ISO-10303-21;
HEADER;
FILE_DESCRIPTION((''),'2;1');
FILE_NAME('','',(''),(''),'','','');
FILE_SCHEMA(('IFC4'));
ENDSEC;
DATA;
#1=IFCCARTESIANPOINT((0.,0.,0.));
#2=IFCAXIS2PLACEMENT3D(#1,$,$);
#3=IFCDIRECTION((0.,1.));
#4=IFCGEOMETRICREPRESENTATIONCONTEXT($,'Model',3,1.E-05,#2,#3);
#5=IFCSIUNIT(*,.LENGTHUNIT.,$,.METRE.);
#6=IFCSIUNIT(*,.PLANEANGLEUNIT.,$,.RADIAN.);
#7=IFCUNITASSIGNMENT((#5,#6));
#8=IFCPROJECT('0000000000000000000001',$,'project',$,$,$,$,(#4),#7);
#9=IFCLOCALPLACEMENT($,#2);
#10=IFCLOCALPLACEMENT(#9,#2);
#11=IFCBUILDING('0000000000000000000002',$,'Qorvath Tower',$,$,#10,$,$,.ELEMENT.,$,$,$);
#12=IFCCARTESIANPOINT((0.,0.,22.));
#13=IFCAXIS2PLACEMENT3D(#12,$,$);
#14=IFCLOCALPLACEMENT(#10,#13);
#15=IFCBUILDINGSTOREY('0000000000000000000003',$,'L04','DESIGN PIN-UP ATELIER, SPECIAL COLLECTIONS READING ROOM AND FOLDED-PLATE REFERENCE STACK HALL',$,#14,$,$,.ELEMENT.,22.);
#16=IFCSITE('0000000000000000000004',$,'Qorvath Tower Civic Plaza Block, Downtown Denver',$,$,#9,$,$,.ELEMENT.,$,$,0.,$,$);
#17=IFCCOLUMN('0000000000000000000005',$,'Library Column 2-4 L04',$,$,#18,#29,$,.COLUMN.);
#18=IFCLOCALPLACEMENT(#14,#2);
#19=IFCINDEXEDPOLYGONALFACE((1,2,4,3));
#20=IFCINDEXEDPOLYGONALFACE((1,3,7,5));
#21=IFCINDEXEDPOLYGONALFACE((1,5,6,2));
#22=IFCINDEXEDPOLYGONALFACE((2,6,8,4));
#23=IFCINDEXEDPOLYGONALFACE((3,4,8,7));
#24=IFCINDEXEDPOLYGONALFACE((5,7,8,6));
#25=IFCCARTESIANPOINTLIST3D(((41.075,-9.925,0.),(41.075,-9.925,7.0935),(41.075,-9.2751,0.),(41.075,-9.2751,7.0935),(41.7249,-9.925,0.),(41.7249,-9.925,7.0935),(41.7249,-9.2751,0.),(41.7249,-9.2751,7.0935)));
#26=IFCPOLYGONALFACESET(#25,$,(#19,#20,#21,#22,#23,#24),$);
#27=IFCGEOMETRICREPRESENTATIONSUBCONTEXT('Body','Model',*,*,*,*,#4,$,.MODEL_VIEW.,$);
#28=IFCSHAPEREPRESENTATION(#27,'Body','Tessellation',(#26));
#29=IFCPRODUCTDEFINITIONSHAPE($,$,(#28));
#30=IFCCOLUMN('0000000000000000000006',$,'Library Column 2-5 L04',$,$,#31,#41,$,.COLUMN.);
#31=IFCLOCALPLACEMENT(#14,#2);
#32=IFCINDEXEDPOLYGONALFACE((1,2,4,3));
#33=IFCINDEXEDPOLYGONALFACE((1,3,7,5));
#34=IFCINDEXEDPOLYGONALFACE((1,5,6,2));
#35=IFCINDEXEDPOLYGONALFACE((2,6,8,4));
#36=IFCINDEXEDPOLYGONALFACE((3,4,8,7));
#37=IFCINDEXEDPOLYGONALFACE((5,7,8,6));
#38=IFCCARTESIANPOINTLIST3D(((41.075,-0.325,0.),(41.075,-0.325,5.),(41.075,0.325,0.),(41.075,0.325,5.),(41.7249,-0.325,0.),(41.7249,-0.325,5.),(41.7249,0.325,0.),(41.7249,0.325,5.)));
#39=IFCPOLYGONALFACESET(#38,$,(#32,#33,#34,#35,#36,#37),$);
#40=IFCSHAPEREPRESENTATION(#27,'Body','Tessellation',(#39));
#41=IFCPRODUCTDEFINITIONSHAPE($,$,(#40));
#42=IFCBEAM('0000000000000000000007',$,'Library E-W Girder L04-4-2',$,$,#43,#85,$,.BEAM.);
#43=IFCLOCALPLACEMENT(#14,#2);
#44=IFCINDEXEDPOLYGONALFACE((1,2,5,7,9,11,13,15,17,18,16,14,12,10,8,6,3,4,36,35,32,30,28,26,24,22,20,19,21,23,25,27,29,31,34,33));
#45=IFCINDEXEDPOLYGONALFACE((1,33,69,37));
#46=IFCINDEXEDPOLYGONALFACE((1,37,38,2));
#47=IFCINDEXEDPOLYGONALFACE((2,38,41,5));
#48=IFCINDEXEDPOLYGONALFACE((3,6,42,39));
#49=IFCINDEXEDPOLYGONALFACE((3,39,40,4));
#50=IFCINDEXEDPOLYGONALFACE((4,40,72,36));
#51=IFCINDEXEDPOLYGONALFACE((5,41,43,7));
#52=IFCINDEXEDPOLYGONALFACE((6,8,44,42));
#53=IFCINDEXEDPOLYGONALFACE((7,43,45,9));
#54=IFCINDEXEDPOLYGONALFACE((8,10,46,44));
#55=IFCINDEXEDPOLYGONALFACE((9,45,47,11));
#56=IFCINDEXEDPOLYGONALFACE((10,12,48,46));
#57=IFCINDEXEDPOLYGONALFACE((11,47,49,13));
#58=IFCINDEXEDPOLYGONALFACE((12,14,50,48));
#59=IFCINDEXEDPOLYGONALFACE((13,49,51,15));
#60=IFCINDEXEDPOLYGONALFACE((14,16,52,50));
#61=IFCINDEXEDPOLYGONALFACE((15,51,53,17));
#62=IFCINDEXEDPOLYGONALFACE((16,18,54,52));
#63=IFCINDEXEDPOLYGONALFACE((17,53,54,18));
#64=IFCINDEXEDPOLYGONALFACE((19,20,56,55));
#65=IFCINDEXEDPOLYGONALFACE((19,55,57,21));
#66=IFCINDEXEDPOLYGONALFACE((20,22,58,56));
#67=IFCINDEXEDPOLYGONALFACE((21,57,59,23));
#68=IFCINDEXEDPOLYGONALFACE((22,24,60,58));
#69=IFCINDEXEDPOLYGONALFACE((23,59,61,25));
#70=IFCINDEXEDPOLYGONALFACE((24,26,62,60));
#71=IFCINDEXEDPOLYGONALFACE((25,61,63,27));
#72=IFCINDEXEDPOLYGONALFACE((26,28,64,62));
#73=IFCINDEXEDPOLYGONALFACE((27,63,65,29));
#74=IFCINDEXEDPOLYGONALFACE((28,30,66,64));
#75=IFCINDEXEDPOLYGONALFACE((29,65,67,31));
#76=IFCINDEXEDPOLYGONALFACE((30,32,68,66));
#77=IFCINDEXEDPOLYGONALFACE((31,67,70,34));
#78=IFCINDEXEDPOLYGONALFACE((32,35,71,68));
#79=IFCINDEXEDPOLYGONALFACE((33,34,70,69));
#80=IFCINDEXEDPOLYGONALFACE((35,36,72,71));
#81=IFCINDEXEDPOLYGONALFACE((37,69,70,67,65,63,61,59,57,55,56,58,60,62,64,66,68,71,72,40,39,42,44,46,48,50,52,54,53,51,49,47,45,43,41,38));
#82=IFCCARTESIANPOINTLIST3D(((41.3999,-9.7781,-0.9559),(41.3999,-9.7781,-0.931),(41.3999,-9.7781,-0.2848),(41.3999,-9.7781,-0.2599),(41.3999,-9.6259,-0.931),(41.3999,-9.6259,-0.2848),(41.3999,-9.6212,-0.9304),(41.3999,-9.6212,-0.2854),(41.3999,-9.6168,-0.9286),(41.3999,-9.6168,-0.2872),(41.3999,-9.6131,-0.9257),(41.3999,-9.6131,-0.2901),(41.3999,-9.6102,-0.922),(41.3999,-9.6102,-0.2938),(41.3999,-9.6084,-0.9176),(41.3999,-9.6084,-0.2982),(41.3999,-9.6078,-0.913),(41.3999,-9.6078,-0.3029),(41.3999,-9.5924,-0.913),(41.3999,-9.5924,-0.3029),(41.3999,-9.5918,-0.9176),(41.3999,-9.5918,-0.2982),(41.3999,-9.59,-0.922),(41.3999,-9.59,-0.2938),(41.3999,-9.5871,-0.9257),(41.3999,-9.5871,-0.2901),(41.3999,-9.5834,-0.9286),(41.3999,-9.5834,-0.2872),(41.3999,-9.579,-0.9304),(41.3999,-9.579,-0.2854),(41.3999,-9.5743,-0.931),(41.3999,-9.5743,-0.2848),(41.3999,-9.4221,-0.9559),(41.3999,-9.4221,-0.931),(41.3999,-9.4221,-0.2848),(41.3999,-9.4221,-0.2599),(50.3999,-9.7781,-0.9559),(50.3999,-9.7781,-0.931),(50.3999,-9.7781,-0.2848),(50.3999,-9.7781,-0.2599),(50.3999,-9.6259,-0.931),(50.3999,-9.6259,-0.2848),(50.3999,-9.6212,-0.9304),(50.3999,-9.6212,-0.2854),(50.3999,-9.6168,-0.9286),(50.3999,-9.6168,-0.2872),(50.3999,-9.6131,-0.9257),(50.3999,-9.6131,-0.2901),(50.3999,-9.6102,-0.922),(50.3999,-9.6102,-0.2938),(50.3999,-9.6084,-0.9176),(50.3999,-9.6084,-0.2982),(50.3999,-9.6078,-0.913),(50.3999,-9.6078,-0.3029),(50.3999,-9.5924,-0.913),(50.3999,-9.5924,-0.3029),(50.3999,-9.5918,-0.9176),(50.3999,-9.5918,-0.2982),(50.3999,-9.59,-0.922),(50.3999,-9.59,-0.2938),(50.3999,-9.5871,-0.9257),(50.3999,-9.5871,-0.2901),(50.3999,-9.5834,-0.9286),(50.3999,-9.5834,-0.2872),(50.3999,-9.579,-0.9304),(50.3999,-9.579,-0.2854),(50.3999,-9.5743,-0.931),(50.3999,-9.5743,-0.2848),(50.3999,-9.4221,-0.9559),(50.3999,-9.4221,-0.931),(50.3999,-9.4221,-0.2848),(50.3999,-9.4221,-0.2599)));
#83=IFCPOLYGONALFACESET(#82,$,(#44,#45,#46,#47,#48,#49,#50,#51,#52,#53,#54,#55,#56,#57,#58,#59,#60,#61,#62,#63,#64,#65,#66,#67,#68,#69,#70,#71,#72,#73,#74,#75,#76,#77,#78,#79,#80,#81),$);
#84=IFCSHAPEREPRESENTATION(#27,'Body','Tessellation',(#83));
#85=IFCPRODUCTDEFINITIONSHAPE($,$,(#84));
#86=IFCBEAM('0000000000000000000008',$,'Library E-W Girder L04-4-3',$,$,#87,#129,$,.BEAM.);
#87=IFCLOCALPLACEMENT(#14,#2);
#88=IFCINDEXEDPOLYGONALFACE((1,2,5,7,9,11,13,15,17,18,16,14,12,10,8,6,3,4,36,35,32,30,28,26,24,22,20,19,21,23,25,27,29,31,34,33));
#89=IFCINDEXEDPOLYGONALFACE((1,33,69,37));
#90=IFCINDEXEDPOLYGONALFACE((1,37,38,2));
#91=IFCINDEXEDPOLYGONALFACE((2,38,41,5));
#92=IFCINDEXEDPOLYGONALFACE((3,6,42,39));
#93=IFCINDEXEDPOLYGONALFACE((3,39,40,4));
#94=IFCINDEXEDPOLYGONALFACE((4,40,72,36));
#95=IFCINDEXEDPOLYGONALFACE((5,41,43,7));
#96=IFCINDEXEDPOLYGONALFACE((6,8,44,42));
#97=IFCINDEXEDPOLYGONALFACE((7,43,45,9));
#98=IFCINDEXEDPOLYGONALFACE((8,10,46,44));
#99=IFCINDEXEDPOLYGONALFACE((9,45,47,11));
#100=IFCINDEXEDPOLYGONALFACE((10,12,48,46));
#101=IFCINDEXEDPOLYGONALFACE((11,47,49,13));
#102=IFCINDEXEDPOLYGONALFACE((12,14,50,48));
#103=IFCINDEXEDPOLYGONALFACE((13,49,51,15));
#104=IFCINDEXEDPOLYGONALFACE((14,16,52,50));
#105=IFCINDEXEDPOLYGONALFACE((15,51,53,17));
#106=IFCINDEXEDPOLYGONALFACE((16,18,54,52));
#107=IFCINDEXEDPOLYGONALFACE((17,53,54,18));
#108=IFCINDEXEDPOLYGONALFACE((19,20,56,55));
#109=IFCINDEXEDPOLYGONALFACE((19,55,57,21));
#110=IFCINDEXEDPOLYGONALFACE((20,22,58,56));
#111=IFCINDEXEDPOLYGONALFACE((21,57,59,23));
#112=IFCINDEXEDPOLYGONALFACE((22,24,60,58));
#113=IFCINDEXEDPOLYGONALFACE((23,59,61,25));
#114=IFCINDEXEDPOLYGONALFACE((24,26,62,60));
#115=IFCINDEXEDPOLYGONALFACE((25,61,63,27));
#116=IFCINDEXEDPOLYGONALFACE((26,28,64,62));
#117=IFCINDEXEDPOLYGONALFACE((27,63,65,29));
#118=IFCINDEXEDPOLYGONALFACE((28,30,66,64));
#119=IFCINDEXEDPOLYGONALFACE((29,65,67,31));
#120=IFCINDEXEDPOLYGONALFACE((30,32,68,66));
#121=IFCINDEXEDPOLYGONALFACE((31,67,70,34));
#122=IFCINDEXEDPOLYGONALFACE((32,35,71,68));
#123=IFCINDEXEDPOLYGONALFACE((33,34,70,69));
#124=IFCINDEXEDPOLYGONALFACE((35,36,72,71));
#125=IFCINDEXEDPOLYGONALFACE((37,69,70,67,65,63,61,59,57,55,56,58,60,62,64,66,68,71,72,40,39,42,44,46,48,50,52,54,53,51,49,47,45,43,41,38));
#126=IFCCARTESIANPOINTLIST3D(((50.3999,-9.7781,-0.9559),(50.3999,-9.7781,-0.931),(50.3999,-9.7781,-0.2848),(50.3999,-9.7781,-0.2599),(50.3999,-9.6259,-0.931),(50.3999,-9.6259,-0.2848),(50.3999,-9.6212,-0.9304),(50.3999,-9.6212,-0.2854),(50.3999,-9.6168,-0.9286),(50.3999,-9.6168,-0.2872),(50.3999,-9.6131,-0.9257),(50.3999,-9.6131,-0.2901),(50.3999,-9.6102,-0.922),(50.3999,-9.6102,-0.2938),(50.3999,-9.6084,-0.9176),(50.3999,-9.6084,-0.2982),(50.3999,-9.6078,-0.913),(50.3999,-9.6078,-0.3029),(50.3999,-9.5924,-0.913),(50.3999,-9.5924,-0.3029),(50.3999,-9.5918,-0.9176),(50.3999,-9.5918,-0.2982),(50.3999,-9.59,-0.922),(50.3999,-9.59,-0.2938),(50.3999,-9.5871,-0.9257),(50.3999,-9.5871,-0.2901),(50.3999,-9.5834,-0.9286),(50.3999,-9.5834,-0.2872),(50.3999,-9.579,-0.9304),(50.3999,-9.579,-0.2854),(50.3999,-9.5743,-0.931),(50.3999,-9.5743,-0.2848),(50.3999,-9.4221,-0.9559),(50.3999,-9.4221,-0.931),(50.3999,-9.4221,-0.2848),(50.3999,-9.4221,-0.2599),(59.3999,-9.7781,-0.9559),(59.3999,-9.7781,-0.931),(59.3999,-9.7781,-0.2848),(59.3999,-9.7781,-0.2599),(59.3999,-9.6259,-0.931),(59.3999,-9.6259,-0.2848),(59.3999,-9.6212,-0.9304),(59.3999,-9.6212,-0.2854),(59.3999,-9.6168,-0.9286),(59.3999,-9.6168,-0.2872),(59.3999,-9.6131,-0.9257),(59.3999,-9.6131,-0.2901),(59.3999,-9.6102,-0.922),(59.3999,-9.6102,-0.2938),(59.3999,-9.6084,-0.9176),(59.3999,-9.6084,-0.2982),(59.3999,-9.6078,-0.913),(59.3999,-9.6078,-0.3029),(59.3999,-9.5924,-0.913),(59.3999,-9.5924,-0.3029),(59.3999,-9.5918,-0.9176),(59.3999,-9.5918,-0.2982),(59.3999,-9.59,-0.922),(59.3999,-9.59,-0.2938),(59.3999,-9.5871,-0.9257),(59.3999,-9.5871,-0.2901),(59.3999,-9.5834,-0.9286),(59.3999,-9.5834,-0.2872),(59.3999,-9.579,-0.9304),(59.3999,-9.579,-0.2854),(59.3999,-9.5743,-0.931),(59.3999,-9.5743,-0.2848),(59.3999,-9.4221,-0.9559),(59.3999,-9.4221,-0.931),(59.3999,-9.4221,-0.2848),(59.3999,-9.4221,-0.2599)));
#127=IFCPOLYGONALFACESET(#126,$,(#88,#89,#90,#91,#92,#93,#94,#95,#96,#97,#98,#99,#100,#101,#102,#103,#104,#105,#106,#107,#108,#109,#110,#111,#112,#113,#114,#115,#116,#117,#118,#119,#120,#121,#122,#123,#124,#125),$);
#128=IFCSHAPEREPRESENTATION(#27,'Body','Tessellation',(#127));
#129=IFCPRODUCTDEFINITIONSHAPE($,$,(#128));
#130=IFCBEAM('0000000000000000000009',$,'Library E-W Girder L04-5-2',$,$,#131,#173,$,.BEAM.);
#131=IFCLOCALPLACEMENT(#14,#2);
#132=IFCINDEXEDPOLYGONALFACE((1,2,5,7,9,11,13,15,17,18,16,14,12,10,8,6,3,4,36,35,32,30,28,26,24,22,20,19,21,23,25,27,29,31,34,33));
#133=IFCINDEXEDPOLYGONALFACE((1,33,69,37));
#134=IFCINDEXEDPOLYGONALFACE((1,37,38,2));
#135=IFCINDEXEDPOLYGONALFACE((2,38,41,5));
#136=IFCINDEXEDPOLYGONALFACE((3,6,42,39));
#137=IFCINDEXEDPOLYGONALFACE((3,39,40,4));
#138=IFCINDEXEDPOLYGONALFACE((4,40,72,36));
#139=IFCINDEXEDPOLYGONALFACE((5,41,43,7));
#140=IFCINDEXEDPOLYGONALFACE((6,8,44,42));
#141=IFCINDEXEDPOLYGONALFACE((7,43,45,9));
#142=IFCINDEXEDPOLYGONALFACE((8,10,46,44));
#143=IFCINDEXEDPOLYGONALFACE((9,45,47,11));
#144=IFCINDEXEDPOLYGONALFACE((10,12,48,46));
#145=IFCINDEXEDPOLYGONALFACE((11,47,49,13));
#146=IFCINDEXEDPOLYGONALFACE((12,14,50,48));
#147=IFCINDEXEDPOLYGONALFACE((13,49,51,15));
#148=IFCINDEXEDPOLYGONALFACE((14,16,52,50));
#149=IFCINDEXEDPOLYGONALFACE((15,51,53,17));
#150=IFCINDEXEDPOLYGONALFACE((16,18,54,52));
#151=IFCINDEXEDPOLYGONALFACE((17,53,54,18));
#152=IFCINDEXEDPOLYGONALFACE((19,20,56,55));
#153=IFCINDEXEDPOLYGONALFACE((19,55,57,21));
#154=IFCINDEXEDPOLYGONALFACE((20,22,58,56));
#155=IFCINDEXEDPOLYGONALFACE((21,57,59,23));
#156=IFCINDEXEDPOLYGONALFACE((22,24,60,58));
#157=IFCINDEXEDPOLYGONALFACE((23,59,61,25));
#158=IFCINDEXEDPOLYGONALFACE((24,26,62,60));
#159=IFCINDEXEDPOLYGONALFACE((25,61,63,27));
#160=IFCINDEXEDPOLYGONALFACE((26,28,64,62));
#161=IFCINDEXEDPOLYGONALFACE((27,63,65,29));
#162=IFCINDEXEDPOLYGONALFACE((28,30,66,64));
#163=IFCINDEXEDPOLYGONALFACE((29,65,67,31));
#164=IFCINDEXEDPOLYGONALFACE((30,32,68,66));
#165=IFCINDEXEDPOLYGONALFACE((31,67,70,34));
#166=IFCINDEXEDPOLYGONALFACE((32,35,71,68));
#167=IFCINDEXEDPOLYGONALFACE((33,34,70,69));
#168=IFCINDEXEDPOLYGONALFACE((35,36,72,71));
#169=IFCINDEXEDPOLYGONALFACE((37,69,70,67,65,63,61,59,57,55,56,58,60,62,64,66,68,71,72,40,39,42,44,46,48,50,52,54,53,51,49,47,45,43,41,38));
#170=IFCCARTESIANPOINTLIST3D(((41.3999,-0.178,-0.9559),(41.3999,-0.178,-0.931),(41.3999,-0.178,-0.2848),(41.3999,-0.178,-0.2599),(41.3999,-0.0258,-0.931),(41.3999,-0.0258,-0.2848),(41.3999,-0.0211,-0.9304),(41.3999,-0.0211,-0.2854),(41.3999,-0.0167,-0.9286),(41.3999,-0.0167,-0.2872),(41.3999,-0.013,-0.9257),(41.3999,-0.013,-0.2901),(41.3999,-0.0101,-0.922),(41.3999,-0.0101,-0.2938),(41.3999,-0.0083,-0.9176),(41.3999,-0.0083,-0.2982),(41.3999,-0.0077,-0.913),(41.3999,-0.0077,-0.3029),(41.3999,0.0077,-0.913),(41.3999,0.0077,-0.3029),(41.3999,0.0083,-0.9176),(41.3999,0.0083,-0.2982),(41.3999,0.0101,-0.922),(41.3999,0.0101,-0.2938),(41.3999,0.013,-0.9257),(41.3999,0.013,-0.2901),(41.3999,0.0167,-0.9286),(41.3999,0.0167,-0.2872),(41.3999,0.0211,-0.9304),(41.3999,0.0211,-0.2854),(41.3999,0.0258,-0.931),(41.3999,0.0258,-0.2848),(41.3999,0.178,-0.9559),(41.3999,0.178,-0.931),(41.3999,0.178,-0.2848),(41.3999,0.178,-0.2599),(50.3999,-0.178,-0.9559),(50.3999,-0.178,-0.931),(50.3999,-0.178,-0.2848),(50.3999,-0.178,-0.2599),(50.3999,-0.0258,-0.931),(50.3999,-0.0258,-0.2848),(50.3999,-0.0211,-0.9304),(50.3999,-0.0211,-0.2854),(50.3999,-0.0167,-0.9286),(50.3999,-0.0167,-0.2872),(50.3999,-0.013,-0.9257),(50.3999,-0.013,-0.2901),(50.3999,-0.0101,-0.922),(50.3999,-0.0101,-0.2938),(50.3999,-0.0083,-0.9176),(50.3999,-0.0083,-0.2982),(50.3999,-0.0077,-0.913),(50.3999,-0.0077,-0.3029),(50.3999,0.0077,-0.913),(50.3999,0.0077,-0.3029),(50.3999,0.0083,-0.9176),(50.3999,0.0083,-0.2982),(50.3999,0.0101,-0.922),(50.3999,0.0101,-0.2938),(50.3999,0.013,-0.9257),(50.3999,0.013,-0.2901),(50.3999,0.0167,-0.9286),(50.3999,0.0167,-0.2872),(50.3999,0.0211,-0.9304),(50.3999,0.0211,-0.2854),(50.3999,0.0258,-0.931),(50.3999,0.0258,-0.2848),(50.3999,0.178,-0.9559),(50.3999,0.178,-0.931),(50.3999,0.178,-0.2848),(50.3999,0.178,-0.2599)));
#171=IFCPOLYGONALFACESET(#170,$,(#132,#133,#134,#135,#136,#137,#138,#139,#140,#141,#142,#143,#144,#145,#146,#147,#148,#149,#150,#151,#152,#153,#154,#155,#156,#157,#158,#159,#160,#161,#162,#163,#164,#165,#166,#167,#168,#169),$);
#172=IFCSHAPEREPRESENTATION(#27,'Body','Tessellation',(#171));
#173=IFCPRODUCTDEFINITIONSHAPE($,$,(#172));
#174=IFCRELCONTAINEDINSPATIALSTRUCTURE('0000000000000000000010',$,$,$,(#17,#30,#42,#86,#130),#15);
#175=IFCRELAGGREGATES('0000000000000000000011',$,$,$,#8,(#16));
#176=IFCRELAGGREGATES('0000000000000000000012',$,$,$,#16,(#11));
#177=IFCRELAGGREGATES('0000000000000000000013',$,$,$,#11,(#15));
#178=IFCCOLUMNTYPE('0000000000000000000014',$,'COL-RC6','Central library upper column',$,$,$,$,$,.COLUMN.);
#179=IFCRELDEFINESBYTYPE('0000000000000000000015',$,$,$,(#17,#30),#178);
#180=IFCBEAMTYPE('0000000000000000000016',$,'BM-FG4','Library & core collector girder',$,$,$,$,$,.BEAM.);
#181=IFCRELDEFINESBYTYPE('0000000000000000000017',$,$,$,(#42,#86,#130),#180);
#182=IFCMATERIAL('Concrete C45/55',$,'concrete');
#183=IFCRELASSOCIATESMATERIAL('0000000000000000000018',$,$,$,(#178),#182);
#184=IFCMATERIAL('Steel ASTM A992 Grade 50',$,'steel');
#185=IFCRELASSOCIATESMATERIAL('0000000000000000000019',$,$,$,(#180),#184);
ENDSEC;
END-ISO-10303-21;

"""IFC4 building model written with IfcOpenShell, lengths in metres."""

from ifc_helpers import new_model, si_unit, direction, frame, origin, origin_2d, place, context, subcontext, project, spatial, rectangle, i_section, extrude, material, material_profile, profile_set, type_object, element, save


model = new_model("IFC4")

# Units and contexts
model_context = context("Model", 3, precision=1e-05, world=origin(), true_north=direction((0.0, 1.0)))
body_context = subcontext(model_context, "Body", "Model", "MODEL_VIEW")
ifc_project = project(units=[si_unit("LENGTHUNIT", "METRE"), si_unit("PLANEANGLEUNIT", "RADIAN")], contexts=[model_context])

# Site, building, storey
site_placement = place(None, origin())
site = spatial("IfcSite", under=ifc_project, at=site_placement, Name="Qorvath Tower Civic Plaza Block, Downtown Denver", CompositionType="ELEMENT", RefElevation=0.0)
building_placement = place(site_placement, origin())
building = spatial("IfcBuilding", under=site, at=building_placement, Name="Qorvath Tower", CompositionType="ELEMENT")
storey_placement = place(building_placement, frame((0.0, 0.0, 22.0)))
storey = spatial("IfcBuildingStorey", under=building, at=storey_placement, Name="L04", Description="DESIGN PIN-UP ATELIER, SPECIAL COLLECTIONS READING ROOM AND FOLDED-PLATE REFERENCE STACK HALL", CompositionType="ELEMENT", Elevation=22.0)

# Columns
ifc_material_1 = material(Name="Concrete C45/55", Category="concrete")
ifc_material_profile_1 = material_profile(ifc_material_1, rectangle(XDim=0.6499, YDim=0.6499, at=origin_2d()), Name="RC 650x650")
ifc_profile_set_1 = profile_set([ifc_material_profile_1], Name="Concrete C45/55")
column_type = type_object("IfcColumnType", Name="COL-RC6", Description="Central library upper column", PredefinedType="COLUMN", material=ifc_profile_set_1)
column_1_placement = place(storey_placement, frame((41.3999, -9.6001, 0.0), z_axis=(0.0, 0.0, 1.0), x_axis=(1.0, 0.0, 0.0)))
element("IfcColumn", 1, at=column_1_placement, inside=storey, type_object=column_type, Name="Library Column 2-4 L04", PredefinedType="COLUMN", context=body_context, shape_type="SweptSolid", body=[
    extrude(rectangle(XDim=0.6499, YDim=0.6499, at=origin_2d()), origin(), (0.0, 0.0, 1.0), 7.0935),
])
column_2_placement = place(storey_placement, frame((41.3999, 0.0, 0.0), z_axis=(0.0, 0.0, 1.0), x_axis=(1.0, 0.0, 0.0)))
element("IfcColumn", 2, at=column_2_placement, inside=storey, type_object=column_type, Name="Library Column 2-5 L04", PredefinedType="COLUMN", context=body_context, shape_type="SweptSolid", body=[
    extrude(rectangle(XDim=0.6499, YDim=0.6499, at=origin_2d()), origin(), (0.0, 0.0, 1.0), 5.0),
])

# Beams
ifc_material_2 = material(Name="Steel ASTM A992 Grade 50", Category="steel")
ifc_material_profile_2 = material_profile(ifc_material_2, i_section(OverallWidth=0.356, OverallDepth=0.696, WebThickness=0.0154, FlangeThickness=0.0249, FilletRadius=0.0181, at=origin_2d()), Name="W27x146")
ifc_profile_set_2 = profile_set([ifc_material_profile_2], Name="Steel ASTM A992 Grade 50")
beam_type_1 = type_object("IfcBeamType", Name="BM-FG4", Description="Library & core collector girder", PredefinedType="BEAM", material=ifc_profile_set_2)
for number, where, z_axis, x_axis, name in (
    (3, (41.3999, -9.6001, -0.6079), (1.0, 0.0, 0.0), (0.0, 1.0, 0.0), "Library E-W Girder L04-4-2"),
    (4, (50.3999, -9.6001, -0.6079), (1.0, 0.0, 0.0), (0.0, 1.0, 0.0), "Library E-W Girder L04-4-3"),
    (5, (41.3999, 0.0, -0.6079), (1.0, 0.0, 0.0), (0.0, 1.0, 0.0), "Library E-W Girder L04-5-2"),
):
    element("IfcBeam", number, at=place(storey_placement, frame(where, z_axis=z_axis, x_axis=x_axis)), inside=storey, type_object=beam_type_1, Name=name, PredefinedType="BEAM", context=body_context, shape_type="SweptSolid", body=[
        extrude(i_section(OverallWidth=0.356, OverallDepth=0.696, WebThickness=0.0154, FlangeThickness=0.0249, FilletRadius=0.0181, at=origin_2d()), origin(), (0.0, 0.0, 1.0), 9.0),
    ])

save(model, "model.ifc")
